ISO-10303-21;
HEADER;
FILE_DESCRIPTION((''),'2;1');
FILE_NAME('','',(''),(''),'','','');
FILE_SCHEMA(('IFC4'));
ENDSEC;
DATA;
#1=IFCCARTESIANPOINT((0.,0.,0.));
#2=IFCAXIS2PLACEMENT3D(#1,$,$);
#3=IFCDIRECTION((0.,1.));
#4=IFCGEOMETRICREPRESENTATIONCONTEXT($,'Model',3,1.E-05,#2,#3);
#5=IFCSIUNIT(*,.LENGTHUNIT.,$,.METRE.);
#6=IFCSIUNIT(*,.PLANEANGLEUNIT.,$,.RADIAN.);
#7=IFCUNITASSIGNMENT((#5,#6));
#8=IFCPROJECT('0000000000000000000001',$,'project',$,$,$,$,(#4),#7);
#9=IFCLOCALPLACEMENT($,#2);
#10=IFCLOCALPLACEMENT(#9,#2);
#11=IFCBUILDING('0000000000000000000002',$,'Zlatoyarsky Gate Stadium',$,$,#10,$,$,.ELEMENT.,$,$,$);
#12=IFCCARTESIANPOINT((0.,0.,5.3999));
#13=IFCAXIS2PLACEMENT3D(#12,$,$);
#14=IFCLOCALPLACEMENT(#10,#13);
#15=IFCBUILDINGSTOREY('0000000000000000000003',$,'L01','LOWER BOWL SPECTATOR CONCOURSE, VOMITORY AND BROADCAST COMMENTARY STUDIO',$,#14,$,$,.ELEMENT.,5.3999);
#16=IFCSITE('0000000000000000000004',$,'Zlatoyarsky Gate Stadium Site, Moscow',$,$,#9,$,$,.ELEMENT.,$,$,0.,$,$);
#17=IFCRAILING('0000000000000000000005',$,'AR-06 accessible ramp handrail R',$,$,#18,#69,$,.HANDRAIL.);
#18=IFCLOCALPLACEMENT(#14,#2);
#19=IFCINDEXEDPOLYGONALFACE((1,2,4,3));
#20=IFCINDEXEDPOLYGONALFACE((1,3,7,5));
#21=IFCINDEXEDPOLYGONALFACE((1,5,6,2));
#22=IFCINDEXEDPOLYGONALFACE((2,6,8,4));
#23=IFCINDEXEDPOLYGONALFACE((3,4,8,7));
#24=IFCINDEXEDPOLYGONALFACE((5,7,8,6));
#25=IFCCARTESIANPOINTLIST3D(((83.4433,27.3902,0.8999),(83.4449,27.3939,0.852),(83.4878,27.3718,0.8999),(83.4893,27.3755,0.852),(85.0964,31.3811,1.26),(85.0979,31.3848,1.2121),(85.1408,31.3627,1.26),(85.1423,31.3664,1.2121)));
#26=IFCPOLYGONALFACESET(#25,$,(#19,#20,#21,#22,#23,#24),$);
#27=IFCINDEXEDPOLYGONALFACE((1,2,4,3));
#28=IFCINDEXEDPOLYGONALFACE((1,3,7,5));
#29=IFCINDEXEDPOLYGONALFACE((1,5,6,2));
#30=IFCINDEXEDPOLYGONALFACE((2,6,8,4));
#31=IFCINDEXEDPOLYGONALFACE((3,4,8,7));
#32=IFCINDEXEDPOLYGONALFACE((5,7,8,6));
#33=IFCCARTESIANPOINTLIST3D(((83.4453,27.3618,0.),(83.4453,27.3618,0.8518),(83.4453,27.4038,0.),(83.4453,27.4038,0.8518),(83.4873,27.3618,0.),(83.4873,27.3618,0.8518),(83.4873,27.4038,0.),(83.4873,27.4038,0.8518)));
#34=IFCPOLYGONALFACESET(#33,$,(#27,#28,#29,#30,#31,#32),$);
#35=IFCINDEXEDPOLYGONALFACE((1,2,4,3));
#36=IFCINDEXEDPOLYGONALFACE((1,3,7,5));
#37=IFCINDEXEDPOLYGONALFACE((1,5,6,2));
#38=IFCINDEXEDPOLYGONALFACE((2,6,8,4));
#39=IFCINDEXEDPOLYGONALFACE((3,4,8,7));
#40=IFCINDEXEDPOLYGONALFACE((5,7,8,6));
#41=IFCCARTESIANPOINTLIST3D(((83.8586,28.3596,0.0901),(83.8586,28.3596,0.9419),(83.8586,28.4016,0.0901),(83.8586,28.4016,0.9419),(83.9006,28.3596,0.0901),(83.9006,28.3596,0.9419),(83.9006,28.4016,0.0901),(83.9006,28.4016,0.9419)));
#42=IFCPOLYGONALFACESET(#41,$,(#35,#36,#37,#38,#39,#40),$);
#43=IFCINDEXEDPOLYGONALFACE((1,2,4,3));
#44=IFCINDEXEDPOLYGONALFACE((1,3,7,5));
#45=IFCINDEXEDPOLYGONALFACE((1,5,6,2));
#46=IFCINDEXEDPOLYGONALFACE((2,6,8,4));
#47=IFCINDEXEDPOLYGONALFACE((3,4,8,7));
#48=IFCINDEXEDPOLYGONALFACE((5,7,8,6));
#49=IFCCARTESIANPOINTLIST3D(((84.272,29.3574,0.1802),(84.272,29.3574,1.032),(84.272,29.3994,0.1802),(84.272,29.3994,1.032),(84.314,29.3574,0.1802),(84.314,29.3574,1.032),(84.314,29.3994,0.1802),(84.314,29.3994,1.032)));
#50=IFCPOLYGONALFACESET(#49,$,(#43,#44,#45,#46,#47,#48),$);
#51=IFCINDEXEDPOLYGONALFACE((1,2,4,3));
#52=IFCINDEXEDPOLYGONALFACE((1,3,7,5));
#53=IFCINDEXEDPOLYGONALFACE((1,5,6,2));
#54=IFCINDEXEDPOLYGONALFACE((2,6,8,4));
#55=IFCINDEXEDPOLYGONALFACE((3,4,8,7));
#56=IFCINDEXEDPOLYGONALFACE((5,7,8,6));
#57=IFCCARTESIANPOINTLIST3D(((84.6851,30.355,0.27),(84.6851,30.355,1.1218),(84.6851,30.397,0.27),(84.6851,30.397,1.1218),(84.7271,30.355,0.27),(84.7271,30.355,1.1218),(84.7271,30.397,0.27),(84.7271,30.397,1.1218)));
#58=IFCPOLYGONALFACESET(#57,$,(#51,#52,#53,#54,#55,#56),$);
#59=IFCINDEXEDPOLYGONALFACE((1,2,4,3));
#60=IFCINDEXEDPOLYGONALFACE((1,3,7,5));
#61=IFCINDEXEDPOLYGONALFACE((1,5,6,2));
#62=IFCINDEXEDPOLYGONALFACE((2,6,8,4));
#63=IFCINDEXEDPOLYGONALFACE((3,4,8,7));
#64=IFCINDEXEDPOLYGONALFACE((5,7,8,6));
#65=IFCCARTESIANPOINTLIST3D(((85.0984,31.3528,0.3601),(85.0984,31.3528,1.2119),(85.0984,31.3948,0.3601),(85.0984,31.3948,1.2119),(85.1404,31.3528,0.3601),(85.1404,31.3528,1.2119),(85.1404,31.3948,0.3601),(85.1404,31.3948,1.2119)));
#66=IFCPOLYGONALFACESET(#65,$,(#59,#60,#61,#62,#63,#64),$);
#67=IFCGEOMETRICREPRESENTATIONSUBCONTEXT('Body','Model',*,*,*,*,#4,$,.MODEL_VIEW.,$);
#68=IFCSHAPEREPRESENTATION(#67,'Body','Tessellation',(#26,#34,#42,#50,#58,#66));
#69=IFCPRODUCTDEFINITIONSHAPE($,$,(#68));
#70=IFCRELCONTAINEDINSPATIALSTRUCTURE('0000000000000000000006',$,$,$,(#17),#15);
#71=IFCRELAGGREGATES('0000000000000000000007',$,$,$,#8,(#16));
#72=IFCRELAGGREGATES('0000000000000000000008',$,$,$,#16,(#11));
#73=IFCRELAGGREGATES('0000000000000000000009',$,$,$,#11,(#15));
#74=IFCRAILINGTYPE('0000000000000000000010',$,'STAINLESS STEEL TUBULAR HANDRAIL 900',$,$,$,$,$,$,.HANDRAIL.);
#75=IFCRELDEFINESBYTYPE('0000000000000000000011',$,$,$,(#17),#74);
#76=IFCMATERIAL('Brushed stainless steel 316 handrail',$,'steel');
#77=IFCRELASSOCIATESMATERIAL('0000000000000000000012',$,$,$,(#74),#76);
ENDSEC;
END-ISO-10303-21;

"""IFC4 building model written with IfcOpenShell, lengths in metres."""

from ifc_helpers import new_model, si_unit, direction, frame, origin, origin_2d, place, context, subcontext, project, spatial, rectangle, extrude, material, type_object, element, save


model = new_model("IFC4")

# Units and contexts
model_context = context("Model", 3, precision=1e-05, world=origin(), true_north=direction((0.0, 1.0)))
body_context = subcontext(model_context, "Body", "Model", "MODEL_VIEW")
ifc_project = project(units=[si_unit("LENGTHUNIT", "METRE"), si_unit("PLANEANGLEUNIT", "RADIAN")], contexts=[model_context])

# Site, building, storey
site_placement = place(None, origin())
site = spatial("IfcSite", under=ifc_project, at=site_placement, Name="Zlatoyarsky Gate Stadium Site, Moscow", CompositionType="ELEMENT", RefElevation=0.0)
building_placement = place(site_placement, origin())
building = spatial("IfcBuilding", under=site, at=building_placement, Name="Zlatoyarsky Gate Stadium", CompositionType="ELEMENT")
storey_placement = place(building_placement, frame((0.0, 0.0, 5.3999)))
storey = spatial("IfcBuildingStorey", under=building, at=storey_placement, Name="L01", Description="LOWER BOWL SPECTATOR CONCOURSE, VOMITORY AND BROADCAST COMMENTARY STUDIO", CompositionType="ELEMENT", Elevation=5.3999)

# Railing
ifc_material_1 = material(Name="Brushed stainless steel 316 handrail", Category="steel")
railing_type_1 = type_object("IfcRailingType", Name="STAINLESS STEEL TUBULAR HANDRAIL 900", PredefinedType="HANDRAIL", material=ifc_material_1)
railing_1_placement = place(storey_placement, frame((83.4663, 27.3828, 0.0)))
element("IfcRailing", 1, at=railing_1_placement, inside=storey, type_object=railing_type_1, Name="AR-06 accessible ramp handrail R", PredefinedType="HANDRAIL", context=body_context, shape_type="SweptSolid", body=[
    extrude(rectangle(XDim=0.0481, YDim=0.0481, at=origin_2d()), frame((0.0, 0.0, 0.876), z_axis=(0.381353, 0.920689, 0.083074), x_axis=(-0.923883, 0.382676, 0.0)), (0.0, 0.0, 1.0), 4.3347),
    extrude(rectangle(XDim=0.042, YDim=0.042, at=origin_2d()), origin(), (0.0, 0.0, 1.0), 0.8518),
    extrude(rectangle(XDim=0.042, YDim=0.042, at=origin_2d()), frame((0.4133, 0.9978, 0.0901)), (0.0, 0.0, 1.0), 0.8518),
    extrude(rectangle(XDim=0.042, YDim=0.042, at=origin_2d()), frame((0.8267, 1.9956, 0.1802)), (0.0, 0.0, 1.0), 0.8518),
    extrude(rectangle(XDim=0.042, YDim=0.042, at=origin_2d()), frame((1.2397, 2.9932, 0.27)), (0.0, 0.0, 1.0), 0.8518),
    extrude(rectangle(XDim=0.042, YDim=0.042, at=origin_2d()), frame((1.6531, 3.991, 0.3601)), (0.0, 0.0, 1.0), 0.8518),
])

save(model, "model.ifc")
